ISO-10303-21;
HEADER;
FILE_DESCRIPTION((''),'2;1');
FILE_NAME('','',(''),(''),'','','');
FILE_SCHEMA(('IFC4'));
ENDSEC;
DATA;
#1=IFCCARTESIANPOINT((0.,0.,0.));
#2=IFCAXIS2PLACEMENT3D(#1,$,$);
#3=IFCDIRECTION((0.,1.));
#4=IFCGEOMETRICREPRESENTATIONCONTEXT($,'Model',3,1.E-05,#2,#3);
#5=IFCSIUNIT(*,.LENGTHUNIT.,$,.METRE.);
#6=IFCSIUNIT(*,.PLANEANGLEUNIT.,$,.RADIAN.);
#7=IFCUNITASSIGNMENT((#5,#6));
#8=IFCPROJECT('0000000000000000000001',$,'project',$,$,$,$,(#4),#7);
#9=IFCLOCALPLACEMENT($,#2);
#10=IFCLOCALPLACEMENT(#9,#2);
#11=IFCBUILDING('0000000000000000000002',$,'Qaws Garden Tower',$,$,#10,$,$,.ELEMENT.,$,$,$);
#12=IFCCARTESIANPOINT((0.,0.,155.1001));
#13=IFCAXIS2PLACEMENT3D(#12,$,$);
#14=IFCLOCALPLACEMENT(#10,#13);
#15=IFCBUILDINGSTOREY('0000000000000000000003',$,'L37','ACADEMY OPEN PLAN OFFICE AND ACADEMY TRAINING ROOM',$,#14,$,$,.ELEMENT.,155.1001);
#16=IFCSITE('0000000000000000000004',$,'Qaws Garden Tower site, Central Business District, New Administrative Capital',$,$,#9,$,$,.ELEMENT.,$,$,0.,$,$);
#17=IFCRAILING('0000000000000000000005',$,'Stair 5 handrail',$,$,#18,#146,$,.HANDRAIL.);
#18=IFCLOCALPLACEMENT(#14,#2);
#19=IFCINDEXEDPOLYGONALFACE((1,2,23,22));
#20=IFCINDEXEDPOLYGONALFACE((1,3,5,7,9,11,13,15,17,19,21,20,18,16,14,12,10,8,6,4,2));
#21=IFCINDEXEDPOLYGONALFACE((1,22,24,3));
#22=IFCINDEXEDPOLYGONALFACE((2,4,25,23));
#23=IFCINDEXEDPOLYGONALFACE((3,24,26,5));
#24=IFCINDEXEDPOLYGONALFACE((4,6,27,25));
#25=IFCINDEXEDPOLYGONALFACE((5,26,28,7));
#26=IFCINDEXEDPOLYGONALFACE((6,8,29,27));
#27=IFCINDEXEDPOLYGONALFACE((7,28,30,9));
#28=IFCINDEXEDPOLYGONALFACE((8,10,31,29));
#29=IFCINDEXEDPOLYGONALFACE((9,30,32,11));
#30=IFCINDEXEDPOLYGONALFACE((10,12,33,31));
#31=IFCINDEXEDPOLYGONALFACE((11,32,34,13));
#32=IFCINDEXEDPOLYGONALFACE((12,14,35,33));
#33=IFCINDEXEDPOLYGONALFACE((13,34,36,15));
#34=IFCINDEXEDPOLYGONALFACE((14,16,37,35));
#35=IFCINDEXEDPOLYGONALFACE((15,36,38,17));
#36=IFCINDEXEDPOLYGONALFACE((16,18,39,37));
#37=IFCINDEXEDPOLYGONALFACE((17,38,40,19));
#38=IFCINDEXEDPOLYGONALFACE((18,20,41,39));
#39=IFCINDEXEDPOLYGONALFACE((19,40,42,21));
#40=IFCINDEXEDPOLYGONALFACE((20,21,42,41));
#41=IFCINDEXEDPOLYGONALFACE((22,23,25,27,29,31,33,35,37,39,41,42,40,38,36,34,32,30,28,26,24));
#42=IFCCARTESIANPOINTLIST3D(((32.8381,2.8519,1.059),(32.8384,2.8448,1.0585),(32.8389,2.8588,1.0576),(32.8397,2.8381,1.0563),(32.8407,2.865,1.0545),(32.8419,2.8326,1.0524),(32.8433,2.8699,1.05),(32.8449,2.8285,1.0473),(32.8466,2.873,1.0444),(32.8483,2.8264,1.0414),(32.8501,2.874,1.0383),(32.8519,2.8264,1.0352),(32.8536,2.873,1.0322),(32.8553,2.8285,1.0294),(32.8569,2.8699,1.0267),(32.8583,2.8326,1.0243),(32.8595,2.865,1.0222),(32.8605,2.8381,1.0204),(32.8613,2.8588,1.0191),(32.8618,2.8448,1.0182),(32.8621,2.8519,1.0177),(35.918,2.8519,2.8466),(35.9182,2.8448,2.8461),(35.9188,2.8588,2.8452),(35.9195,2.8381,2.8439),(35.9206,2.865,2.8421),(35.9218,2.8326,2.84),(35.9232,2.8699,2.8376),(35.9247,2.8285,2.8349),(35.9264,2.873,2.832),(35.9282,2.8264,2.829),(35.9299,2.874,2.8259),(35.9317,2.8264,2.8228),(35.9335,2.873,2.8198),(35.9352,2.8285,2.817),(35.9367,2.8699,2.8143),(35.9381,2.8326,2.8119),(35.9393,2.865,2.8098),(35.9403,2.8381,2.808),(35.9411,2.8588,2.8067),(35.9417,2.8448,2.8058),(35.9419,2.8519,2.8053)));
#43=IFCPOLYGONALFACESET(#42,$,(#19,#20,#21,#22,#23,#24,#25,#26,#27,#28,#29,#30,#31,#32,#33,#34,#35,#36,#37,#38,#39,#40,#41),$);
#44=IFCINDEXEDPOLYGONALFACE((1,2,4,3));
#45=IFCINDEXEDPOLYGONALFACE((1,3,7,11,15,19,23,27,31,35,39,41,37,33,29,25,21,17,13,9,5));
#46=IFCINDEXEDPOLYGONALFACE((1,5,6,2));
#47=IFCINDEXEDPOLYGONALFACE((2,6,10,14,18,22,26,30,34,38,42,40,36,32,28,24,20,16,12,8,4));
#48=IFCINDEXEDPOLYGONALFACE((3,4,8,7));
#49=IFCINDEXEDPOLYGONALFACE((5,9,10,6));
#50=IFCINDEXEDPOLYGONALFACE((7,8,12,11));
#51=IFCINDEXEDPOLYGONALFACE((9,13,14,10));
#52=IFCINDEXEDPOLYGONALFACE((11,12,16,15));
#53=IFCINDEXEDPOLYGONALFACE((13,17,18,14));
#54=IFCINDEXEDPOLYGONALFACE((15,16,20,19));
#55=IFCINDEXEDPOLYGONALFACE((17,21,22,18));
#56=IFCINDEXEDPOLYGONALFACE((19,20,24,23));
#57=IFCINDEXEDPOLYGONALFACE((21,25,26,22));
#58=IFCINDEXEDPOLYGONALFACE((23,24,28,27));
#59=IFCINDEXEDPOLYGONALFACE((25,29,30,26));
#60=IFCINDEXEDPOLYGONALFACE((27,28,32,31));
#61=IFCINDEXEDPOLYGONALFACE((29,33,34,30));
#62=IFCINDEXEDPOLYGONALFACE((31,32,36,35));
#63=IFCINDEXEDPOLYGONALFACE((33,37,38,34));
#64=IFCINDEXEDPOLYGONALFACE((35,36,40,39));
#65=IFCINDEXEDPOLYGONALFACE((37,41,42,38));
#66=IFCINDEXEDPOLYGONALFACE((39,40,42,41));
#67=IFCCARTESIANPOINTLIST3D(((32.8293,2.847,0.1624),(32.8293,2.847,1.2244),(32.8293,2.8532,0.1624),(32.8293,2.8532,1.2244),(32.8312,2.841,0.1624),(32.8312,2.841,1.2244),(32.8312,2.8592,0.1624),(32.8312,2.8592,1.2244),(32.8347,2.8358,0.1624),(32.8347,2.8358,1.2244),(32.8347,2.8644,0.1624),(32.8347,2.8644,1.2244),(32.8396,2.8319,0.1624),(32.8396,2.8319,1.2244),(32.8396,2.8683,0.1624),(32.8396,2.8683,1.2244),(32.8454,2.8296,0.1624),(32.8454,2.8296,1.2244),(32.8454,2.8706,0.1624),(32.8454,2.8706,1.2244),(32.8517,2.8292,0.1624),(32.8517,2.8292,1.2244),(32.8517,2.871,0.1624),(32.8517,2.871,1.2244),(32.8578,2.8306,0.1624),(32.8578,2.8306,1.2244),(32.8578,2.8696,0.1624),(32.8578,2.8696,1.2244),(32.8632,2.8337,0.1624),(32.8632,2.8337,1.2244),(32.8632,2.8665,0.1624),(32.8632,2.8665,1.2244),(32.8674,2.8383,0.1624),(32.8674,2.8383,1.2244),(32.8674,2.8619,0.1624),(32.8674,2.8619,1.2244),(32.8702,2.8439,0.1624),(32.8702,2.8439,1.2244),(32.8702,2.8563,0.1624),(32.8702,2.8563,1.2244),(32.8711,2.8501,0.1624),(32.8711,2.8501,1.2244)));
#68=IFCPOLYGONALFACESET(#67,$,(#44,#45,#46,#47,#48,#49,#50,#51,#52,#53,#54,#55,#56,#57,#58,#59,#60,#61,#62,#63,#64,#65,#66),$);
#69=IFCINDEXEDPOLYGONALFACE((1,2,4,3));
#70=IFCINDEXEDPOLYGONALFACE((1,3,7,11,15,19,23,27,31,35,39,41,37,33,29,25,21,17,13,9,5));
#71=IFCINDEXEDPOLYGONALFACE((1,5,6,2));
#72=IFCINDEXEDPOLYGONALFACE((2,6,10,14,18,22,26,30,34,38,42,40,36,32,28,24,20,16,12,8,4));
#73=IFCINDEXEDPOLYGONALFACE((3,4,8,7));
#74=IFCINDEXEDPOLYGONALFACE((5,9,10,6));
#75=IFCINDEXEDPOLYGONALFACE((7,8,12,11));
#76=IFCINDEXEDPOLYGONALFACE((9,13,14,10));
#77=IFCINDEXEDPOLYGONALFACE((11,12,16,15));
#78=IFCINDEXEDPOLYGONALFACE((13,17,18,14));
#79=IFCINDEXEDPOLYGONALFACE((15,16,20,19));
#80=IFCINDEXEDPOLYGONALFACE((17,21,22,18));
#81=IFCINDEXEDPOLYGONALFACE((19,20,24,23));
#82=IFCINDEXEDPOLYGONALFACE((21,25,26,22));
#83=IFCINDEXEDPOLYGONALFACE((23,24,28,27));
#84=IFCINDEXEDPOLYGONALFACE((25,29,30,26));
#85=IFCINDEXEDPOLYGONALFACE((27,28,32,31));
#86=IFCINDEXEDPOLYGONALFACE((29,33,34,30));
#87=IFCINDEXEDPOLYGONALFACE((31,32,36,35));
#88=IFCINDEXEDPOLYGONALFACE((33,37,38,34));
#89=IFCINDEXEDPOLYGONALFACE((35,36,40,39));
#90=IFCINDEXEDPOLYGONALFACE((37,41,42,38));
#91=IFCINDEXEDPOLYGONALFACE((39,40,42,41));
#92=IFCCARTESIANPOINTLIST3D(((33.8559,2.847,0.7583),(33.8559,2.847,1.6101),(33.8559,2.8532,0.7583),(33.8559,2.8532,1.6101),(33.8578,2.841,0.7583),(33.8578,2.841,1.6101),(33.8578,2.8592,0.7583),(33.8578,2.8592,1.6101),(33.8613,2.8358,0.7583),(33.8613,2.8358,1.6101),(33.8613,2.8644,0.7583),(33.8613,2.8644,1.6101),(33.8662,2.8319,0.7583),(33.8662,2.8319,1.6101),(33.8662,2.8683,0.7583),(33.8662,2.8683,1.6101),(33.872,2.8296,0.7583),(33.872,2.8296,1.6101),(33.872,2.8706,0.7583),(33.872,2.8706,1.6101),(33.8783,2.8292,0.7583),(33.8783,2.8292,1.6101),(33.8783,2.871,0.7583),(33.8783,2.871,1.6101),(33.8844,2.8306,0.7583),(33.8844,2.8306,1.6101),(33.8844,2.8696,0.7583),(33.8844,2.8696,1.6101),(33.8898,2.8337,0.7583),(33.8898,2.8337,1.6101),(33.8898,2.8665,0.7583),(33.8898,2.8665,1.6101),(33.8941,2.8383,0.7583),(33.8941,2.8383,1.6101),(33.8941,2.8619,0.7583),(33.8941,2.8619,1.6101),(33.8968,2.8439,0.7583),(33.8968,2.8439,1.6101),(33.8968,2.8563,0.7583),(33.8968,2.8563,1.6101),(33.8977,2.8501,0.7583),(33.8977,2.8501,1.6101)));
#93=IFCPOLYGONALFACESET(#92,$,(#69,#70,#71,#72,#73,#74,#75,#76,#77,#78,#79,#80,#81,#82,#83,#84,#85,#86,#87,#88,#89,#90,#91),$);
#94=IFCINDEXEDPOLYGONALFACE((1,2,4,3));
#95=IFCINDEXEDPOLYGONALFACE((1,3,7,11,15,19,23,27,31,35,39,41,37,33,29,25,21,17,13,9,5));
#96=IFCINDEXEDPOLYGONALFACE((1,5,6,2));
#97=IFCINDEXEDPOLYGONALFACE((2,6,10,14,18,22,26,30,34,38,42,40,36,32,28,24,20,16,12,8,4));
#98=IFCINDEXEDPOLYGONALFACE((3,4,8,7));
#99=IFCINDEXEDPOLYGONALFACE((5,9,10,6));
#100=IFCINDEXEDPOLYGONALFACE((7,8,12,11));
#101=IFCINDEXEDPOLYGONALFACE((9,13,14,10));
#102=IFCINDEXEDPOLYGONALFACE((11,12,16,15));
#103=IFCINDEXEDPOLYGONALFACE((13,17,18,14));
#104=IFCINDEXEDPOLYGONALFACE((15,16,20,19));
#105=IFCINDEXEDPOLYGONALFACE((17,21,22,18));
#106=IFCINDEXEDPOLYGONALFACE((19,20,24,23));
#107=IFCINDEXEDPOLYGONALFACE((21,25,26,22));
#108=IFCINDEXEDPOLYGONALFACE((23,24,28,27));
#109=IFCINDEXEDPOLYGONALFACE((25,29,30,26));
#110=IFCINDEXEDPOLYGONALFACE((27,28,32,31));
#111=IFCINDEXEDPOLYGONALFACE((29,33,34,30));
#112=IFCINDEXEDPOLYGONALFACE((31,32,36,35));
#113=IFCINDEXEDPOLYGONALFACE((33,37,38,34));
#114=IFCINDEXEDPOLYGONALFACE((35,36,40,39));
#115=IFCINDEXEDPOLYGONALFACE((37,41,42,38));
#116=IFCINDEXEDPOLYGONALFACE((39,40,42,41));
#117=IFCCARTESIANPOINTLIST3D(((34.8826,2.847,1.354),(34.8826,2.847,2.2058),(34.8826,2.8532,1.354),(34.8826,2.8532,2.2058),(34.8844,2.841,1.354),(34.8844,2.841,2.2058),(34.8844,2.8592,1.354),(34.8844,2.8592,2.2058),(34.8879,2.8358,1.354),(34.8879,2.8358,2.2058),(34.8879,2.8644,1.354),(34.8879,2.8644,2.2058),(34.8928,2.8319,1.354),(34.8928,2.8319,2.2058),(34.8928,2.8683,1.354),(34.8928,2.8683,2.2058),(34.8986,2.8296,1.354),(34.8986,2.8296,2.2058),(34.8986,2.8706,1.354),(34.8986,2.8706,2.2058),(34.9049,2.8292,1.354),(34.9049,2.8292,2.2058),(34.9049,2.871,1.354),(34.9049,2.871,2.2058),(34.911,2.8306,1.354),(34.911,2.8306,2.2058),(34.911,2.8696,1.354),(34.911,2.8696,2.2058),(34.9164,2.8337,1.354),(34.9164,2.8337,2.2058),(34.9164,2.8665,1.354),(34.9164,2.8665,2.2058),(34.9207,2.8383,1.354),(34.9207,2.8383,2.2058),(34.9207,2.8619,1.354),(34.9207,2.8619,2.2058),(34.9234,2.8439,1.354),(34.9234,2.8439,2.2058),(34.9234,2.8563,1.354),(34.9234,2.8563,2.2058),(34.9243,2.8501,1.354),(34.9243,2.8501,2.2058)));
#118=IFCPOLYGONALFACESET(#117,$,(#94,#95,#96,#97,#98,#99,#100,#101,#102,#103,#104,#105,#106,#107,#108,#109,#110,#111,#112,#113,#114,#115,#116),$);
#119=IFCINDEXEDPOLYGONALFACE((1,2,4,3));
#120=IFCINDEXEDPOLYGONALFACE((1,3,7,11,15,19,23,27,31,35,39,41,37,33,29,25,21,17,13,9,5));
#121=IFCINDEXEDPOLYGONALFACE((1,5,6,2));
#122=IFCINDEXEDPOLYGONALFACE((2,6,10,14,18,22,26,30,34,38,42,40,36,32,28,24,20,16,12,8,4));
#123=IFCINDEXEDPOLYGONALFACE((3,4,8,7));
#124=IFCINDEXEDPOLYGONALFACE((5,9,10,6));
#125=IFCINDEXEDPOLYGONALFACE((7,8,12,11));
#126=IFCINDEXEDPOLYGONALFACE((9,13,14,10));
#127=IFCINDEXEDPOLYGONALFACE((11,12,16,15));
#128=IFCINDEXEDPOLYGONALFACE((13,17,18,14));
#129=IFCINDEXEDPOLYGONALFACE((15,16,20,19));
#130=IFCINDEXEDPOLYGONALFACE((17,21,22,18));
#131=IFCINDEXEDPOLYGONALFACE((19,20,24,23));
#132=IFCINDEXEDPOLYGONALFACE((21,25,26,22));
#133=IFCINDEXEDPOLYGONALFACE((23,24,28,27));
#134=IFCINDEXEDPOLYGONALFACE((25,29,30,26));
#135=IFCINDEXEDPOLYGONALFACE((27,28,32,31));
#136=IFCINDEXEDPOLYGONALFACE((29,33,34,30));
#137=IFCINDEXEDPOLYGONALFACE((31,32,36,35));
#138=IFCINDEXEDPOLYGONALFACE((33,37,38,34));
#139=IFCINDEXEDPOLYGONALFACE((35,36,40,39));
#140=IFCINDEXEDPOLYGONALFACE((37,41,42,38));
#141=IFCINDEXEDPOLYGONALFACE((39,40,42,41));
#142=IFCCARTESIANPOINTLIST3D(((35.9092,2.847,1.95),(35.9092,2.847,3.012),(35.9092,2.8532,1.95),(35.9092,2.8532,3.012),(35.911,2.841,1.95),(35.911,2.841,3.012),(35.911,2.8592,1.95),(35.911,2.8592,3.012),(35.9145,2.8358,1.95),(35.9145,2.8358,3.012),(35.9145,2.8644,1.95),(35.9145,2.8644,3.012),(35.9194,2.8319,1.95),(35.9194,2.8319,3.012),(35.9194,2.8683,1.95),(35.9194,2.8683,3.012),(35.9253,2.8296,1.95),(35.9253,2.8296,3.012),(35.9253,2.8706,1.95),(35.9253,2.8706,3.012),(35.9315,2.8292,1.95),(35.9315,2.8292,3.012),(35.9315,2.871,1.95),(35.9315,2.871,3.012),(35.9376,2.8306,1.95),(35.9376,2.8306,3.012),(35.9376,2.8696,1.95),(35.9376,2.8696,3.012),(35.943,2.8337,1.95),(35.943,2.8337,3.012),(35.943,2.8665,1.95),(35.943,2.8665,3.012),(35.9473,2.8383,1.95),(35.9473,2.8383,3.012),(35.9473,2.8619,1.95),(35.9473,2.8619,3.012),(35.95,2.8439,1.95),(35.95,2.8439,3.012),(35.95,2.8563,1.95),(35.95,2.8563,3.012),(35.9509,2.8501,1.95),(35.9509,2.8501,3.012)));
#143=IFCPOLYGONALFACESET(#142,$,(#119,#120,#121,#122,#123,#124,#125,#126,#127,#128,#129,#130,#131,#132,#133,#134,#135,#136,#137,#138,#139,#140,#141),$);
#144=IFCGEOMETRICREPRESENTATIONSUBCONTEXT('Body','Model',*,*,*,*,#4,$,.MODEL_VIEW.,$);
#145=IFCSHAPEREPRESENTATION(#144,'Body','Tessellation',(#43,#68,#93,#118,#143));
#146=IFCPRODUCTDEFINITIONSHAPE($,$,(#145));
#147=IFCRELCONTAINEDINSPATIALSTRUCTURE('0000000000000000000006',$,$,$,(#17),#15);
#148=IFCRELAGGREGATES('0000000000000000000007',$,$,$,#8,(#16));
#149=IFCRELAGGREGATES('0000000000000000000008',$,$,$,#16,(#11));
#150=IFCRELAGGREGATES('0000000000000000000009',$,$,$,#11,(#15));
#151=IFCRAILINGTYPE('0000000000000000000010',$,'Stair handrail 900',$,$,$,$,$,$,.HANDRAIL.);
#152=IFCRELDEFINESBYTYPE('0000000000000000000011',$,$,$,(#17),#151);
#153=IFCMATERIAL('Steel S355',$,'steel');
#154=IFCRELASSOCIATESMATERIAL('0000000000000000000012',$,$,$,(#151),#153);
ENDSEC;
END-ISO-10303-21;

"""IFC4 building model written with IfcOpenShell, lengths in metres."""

from ifc_helpers import new_model, si_unit, direction, frame, origin, origin_2d, place, context, subcontext, project, spatial, circle, extrude, material, type_object, element, save


model = new_model("IFC4")

# Units and contexts
model_context = context("Model", 3, precision=1e-05, world=origin(), true_north=direction((0.0, 1.0)))
body_context = subcontext(model_context, "Body", "Model", "MODEL_VIEW")
ifc_project = project(units=[si_unit("LENGTHUNIT", "METRE"), si_unit("PLANEANGLEUNIT", "RADIAN")], contexts=[model_context])

# Site, building, storey
site_placement = place(None, origin())
site = spatial("IfcSite", under=ifc_project, at=site_placement, Name="Qaws Garden Tower site, Central Business District, New Administrative Capital", CompositionType="ELEMENT", RefElevation=0.0)
building_placement = place(site_placement, origin())
building = spatial("IfcBuilding", under=site, at=building_placement, Name="Qaws Garden Tower", CompositionType="ELEMENT")
storey_placement = place(building_placement, frame((0.0, 0.0, 155.1001)))
storey = spatial("IfcBuildingStorey", under=building, at=storey_placement, Name="L37", Description="ACADEMY OPEN PLAN OFFICE AND ACADEMY TRAINING ROOM", CompositionType="ELEMENT", Elevation=155.1001)

# Railing
ifc_material_1 = material(Name="Steel S355", Category="steel")
railing_type = type_object("IfcRailingType", Name="Stair handrail 900", PredefinedType="HANDRAIL", material=ifc_material_1)
railing_1_placement = place(storey_placement, frame((32.8501, 2.8501, 0.1624)))
element("IfcRailing", 1, at=railing_1_placement, inside=storey, type_object=railing_type, Name="Stair 5 handrail", PredefinedType="HANDRAIL", context=body_context, shape_type="SweptSolid", body=[
    extrude(circle(Radius=0.0239, at=origin_2d()), frame((0.0, 0.0, 0.876), z_axis=(0.864873, 0.0, 0.50199), x_axis=(0.0, 1.0, 0.0)), (0.0, 0.0, 1.0), 3.561),
    extrude(circle(Radius=0.021, at=origin_2d()), origin(), (0.0, 0.0, 1.0), 1.062),
    extrude(circle(Radius=0.021, at=origin_2d()), frame((1.0266, 0.0, 0.5959)), (0.0, 0.0, 1.0), 0.8518),
    extrude(circle(Radius=0.021, at=origin_2d()), frame((2.0532, 0.0, 1.1917)), (0.0, 0.0, 1.0), 0.8518),
    extrude(circle(Radius=0.021, at=origin_2d()), frame((3.0798, 0.0, 1.7876)), (0.0, 0.0, 1.0), 1.062),
])

save(model, "model.ifc")
